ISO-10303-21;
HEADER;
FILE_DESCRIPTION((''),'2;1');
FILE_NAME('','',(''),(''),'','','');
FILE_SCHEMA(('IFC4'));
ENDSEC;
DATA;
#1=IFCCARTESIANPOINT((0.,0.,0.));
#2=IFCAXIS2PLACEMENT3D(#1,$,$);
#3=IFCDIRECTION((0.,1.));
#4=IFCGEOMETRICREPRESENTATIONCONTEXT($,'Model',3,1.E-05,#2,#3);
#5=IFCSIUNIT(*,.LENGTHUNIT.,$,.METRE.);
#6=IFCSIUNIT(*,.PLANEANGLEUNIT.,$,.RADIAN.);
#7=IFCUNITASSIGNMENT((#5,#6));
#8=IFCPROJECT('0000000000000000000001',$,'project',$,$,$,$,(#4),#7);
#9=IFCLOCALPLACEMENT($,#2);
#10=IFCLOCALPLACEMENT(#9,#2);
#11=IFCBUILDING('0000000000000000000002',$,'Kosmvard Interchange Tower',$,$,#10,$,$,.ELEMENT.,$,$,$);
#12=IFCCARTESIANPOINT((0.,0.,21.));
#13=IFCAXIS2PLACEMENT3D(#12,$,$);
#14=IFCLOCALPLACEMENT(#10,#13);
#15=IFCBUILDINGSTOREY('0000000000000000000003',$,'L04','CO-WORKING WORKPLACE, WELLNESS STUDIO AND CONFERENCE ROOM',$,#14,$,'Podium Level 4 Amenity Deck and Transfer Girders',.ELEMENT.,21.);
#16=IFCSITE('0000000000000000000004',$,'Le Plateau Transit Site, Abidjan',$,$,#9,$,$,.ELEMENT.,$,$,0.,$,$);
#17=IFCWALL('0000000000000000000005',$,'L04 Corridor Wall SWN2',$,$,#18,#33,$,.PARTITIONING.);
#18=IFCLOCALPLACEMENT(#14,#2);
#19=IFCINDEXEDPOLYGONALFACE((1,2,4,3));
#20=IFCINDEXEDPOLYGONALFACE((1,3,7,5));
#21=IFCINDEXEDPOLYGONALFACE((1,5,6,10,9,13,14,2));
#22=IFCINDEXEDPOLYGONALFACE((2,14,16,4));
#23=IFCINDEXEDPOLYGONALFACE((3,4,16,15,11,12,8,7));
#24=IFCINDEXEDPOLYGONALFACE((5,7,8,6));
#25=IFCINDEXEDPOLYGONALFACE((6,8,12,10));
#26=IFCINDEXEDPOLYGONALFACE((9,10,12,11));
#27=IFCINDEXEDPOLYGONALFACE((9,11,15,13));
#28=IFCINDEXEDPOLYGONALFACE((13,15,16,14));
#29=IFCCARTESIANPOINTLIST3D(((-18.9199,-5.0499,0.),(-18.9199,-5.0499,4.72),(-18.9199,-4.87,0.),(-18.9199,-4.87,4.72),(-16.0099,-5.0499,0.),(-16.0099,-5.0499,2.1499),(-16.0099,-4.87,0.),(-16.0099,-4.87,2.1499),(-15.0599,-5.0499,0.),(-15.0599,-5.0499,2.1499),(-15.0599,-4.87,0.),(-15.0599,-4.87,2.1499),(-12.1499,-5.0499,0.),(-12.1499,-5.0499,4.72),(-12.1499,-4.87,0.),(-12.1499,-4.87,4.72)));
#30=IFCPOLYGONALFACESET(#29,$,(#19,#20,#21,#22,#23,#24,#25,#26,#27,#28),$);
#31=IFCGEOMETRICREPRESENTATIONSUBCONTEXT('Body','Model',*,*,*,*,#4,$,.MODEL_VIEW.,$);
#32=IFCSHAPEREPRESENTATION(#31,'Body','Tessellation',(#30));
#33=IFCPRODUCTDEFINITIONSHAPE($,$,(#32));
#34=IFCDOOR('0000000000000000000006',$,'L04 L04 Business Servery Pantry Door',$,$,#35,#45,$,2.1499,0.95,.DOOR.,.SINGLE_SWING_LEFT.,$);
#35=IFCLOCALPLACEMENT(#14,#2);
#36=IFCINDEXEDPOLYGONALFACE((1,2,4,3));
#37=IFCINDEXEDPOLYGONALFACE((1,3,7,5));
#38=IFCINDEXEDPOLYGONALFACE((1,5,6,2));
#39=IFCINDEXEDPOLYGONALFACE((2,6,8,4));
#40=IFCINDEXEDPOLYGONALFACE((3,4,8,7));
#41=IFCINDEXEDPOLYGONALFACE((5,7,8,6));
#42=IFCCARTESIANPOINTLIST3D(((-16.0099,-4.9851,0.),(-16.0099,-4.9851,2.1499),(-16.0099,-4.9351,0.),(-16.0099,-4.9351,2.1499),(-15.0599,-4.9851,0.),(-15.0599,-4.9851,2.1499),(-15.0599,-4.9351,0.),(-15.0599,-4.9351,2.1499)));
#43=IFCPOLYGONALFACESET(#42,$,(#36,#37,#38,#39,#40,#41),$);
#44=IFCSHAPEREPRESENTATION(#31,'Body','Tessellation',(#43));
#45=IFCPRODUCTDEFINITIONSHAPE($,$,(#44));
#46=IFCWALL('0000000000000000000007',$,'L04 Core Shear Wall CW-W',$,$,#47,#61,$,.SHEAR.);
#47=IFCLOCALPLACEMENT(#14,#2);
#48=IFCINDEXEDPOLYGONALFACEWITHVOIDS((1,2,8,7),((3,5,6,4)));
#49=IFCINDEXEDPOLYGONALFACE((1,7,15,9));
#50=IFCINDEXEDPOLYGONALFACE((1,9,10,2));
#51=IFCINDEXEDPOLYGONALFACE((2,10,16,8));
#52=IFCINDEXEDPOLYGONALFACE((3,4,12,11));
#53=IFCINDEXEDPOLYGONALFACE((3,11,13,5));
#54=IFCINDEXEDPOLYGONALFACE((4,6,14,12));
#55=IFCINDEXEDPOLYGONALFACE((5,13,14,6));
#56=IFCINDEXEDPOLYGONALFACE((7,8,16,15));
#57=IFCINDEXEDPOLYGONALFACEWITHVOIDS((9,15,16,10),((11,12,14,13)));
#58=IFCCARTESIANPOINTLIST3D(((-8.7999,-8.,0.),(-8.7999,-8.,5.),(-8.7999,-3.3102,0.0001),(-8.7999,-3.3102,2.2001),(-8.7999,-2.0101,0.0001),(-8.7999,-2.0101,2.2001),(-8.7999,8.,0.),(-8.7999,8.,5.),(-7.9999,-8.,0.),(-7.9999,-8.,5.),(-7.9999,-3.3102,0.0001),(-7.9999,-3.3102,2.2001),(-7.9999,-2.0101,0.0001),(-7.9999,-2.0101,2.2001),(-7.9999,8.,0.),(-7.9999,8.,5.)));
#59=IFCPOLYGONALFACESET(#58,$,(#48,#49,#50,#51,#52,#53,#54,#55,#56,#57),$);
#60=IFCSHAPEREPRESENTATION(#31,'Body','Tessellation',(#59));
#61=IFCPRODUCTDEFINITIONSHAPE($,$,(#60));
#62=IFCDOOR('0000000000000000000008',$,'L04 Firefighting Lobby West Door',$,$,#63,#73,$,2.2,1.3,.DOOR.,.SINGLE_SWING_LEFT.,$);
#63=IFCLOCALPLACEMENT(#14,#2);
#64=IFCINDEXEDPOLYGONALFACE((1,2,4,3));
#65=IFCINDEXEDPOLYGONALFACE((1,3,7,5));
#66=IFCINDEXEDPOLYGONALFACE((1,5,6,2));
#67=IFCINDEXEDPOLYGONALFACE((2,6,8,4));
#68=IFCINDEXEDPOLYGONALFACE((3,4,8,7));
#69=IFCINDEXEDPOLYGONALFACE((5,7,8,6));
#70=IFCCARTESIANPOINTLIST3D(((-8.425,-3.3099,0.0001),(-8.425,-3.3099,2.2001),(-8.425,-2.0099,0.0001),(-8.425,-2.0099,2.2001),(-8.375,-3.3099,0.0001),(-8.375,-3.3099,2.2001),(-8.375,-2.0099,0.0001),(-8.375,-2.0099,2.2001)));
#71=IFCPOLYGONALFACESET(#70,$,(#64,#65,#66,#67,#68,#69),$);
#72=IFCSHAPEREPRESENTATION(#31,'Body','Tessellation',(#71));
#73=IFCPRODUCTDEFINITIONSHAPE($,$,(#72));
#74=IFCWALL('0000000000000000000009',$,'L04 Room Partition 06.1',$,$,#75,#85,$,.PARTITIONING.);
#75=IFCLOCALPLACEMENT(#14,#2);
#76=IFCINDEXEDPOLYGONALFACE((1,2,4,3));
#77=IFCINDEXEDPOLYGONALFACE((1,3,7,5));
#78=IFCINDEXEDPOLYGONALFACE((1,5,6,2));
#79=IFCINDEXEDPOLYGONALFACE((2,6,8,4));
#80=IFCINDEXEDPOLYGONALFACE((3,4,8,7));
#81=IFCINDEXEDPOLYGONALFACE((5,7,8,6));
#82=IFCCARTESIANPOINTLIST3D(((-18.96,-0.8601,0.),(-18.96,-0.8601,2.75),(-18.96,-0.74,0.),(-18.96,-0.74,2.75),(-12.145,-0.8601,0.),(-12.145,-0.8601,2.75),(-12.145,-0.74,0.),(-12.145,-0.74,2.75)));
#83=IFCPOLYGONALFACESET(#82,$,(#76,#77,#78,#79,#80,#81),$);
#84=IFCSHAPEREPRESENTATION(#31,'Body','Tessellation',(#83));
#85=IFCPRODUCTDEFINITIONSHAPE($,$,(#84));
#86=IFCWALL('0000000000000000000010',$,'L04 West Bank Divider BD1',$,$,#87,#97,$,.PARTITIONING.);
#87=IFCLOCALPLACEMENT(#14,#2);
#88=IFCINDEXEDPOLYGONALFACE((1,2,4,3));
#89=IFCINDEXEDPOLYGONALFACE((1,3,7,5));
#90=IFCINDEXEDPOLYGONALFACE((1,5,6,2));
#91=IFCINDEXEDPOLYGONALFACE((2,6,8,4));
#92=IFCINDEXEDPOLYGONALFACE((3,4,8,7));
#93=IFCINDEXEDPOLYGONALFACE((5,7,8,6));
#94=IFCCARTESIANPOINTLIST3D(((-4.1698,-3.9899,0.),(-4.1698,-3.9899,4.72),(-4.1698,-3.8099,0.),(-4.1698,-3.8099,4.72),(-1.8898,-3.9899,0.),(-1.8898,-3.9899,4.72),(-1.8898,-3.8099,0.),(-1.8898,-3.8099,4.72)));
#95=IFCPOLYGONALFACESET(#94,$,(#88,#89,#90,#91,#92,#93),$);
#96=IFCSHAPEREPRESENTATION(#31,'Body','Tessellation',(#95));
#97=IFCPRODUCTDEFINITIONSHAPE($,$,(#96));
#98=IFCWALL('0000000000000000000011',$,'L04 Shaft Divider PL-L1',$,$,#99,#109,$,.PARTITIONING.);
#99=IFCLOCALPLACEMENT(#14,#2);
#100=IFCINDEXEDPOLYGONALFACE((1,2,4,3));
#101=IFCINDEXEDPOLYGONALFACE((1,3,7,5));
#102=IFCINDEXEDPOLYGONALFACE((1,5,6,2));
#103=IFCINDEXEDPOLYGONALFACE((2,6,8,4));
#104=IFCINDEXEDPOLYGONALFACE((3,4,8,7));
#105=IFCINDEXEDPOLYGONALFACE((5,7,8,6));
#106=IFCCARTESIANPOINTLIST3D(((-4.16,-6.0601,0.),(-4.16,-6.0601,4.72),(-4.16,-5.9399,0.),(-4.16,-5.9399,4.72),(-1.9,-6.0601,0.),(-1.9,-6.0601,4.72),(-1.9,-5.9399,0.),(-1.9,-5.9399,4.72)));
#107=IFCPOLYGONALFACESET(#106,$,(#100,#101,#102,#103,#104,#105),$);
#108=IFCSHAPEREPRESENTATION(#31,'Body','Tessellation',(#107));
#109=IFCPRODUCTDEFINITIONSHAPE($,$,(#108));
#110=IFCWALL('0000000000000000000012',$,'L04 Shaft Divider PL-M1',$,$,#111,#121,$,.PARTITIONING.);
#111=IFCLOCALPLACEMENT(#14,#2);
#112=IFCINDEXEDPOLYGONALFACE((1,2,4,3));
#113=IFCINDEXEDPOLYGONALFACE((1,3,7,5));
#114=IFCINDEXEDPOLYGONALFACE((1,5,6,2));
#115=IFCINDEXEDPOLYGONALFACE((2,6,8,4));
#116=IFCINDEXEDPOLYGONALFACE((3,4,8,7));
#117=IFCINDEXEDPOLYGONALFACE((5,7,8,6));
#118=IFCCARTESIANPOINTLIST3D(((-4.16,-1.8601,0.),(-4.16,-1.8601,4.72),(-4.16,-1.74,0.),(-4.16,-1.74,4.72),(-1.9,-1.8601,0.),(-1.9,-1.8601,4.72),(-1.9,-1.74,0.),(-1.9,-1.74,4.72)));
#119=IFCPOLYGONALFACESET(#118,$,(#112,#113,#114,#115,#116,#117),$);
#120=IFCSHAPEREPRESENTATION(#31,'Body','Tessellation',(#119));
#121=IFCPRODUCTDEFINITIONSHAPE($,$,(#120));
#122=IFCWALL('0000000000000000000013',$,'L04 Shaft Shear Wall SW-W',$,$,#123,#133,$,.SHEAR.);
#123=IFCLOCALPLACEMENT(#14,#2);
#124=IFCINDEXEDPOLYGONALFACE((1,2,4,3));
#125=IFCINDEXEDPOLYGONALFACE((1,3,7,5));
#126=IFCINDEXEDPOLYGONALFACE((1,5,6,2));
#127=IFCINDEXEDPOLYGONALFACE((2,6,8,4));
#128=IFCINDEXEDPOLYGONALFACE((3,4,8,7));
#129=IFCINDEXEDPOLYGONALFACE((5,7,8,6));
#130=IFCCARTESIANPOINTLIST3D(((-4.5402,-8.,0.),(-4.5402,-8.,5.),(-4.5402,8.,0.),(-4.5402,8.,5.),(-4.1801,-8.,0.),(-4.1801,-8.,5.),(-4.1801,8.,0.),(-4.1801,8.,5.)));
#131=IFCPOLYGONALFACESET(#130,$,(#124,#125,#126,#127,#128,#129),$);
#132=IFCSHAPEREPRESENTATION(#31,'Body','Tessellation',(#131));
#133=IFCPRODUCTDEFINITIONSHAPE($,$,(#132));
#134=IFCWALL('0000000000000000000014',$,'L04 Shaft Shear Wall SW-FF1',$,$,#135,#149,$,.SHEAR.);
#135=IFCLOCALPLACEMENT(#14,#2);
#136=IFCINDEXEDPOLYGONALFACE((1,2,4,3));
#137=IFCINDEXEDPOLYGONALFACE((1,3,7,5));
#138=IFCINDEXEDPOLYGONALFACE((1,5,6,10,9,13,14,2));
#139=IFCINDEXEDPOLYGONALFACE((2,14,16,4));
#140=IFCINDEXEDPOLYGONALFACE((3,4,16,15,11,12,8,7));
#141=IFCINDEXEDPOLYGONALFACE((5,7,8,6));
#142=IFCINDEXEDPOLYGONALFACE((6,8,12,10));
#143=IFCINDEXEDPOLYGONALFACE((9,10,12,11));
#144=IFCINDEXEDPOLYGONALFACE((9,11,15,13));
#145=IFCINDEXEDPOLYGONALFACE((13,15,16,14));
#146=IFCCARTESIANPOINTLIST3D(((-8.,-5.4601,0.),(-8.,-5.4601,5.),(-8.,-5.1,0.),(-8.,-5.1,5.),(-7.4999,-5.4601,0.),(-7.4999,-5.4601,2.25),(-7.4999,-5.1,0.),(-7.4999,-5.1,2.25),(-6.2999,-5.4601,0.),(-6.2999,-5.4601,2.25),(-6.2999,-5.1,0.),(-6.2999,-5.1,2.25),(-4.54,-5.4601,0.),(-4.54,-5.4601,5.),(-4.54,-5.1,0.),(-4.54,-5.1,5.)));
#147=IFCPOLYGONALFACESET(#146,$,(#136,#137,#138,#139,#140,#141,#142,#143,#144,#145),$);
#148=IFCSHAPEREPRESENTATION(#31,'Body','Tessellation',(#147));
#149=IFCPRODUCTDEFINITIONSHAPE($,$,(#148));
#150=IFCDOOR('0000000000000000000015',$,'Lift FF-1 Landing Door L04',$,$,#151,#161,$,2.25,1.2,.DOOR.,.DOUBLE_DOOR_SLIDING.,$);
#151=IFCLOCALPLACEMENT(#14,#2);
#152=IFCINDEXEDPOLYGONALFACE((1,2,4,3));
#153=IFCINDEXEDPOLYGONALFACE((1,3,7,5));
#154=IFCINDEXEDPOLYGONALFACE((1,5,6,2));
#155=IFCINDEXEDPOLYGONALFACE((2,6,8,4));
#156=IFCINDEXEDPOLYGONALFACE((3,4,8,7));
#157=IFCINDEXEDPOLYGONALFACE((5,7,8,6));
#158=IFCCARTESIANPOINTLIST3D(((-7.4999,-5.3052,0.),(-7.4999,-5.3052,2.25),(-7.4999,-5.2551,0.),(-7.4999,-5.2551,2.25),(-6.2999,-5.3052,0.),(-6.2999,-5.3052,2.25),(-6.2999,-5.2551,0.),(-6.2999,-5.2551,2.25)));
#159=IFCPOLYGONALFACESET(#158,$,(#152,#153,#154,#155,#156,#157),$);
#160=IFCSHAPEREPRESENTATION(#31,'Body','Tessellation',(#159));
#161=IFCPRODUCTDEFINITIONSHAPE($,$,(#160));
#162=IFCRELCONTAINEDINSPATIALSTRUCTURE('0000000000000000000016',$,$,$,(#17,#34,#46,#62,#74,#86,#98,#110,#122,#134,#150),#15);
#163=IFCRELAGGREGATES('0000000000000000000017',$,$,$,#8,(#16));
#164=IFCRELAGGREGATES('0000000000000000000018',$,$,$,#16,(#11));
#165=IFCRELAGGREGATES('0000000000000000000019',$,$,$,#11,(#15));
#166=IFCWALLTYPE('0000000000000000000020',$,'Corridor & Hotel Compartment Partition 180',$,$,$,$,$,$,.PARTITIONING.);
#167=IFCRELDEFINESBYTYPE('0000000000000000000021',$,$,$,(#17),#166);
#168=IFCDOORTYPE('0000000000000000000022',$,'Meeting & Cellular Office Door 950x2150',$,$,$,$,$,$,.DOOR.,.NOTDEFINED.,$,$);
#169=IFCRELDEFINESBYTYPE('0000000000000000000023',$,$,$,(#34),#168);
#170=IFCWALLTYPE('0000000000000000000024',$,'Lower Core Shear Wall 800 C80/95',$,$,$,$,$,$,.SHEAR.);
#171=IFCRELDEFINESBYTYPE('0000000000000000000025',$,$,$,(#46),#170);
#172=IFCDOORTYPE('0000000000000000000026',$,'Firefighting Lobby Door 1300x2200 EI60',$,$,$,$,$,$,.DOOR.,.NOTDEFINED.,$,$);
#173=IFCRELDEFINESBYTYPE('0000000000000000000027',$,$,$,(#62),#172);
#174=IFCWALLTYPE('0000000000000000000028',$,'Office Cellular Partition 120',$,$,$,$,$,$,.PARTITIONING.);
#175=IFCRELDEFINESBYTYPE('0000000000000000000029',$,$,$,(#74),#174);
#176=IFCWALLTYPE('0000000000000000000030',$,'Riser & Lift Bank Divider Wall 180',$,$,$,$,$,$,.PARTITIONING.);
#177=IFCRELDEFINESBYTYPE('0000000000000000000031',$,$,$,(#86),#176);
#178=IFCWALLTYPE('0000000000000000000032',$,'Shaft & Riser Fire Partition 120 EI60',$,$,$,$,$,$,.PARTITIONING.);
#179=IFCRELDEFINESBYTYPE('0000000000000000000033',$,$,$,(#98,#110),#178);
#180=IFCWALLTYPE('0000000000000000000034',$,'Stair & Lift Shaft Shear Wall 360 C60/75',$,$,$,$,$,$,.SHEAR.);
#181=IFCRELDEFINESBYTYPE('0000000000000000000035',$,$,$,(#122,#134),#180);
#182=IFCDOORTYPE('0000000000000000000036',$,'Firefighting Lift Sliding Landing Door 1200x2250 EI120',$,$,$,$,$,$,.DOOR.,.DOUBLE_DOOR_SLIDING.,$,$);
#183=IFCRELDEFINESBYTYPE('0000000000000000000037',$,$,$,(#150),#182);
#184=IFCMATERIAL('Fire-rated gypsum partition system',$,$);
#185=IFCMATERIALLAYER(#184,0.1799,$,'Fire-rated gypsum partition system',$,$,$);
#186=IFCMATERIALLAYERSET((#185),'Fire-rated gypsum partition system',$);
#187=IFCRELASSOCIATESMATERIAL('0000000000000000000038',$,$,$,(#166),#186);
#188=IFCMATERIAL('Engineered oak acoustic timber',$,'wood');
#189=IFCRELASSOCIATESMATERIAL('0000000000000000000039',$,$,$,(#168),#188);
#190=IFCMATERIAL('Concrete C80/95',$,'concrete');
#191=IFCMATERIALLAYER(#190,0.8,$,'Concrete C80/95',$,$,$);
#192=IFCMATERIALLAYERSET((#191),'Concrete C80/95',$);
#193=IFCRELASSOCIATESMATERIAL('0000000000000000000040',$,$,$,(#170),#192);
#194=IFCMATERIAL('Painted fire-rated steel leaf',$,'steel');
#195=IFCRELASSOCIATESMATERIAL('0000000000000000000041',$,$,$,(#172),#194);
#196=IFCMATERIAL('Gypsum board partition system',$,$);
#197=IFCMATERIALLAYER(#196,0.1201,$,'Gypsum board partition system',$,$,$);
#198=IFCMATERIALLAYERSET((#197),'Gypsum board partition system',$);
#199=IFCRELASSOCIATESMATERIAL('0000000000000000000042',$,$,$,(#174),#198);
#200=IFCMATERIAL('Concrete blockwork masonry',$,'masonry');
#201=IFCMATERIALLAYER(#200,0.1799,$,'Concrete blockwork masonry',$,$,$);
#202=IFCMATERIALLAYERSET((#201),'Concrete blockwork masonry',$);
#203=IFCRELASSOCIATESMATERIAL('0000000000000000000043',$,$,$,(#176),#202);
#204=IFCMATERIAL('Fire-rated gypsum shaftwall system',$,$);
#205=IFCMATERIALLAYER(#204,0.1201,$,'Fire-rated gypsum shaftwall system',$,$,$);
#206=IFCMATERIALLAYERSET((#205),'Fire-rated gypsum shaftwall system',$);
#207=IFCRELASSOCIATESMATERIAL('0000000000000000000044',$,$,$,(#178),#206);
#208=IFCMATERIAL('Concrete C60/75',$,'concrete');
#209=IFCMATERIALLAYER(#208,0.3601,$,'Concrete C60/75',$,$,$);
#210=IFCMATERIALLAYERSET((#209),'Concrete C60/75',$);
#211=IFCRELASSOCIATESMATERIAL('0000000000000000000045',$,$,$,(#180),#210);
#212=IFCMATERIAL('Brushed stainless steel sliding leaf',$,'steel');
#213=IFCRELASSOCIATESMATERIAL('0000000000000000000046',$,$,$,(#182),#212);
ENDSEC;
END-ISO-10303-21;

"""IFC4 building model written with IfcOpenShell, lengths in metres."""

from ifc_helpers import new_model, si_unit, direction, frame, frame_2d, origin, place, context, subcontext, project, spatial, rectangle, extrude, source, transform, mapped, material, layer, layer_set, type_object, element, fill, save


model = new_model("IFC4")

# Units and contexts
model_context = context("Model", 3, precision=1e-05, world=origin(), true_north=direction((0.0, 1.0)))
body_context = subcontext(model_context, "Body", "Model", "MODEL_VIEW")
ifc_project = project(units=[si_unit("LENGTHUNIT", "METRE"), si_unit("PLANEANGLEUNIT", "RADIAN")], contexts=[model_context])

# Site, building, storey
site_placement = place(None, origin())
site = spatial("IfcSite", under=ifc_project, at=site_placement, Name="Le Plateau Transit Site, Abidjan", CompositionType="ELEMENT", RefElevation=0.0)
building_placement = place(site_placement, origin())
building = spatial("IfcBuilding", under=site, at=building_placement, Name="Kosmvard Interchange Tower", CompositionType="ELEMENT")
storey_placement = place(building_placement, frame((0.0, 0.0, 21.0)))
storey = spatial("IfcBuildingStorey", under=building, at=storey_placement, Name="L04", Description="CO-WORKING WORKPLACE, WELLNESS STUDIO AND CONFERENCE ROOM", LongName="Podium Level 4 Amenity Deck and Transfer Girders", CompositionType="ELEMENT", Elevation=21.0)

# Shared definitions
ifc_material_1 = material(Name="Concrete C80/95", Category="concrete")

# Shared definitions
ifc_material_2 = material(Name="Fire-rated gypsum partition system")
ifc_layer_1 = layer(ifc_material_2, 0.1799, Name="Fire-rated gypsum partition system")
ifc_layer_set_1 = layer_set([ifc_layer_1], Name="Fire-rated gypsum partition system")
wall_type_1 = type_object("IfcWallType", Name="Corridor & Hotel Compartment Partition 180", PredefinedType="PARTITIONING", material=ifc_layer_set_1)
ifc_material_3 = material(Name="Brushed stainless steel sliding leaf", Category="steel")

# Walls, openings, doors
ifc_material_4 = material(Name="Engineered oak acoustic timber", Category="wood")
door_type_1 = type_object("IfcDoorType", Name="Meeting & Cellular Office Door 950x2150", OperationType="NOTDEFINED", PredefinedType="DOOR", material=ifc_material_4)
shared_shape_1 = source(origin(), body_context, "Body", "SweptSolid", [
    extrude(rectangle(XDim=0.95, YDim=2.1499, at=frame_2d((0.4751, 1.075))), frame((0.0, 0.0249, 0.0), z_axis=(0.0, -1.0, 0.0), x_axis=(1.0, 0.0, 0.0)), (0.0, 0.0, 1.0), 0.05),
])
wall_1_placement = place(storey_placement, frame((-18.9199, -4.96, 0.0), z_axis=(0.0, 0.0, 1.0), x_axis=(1.0, 0.0, 0.0)))
wall_1 = element("IfcWall", 1, at=wall_1_placement, inside=storey, type_object=wall_type_1, Name="L04 Corridor Wall SWN2", PredefinedType="PARTITIONING", context=body_context, shape_type="SweptSolid", body=[
    extrude(rectangle(XDim=6.77, YDim=0.1799, at=frame_2d((3.385, 0.0))), origin(), (0.0, 0.0, 1.0), 4.72),
])
opening_1_placement = place(wall_1_placement, frame((2.9099, 0.0, 0.0)))
opening_1 = element("IfcOpeningElement", 2, at=opening_1_placement, cuts=wall_1, PredefinedType="OPENING", context=body_context, shape_type="SweptSolid", body=[
    extrude(rectangle(XDim=0.95, YDim=2.1499, at=frame_2d((0.4751, 1.075))), frame((0.0, 0.1001, 0.0), z_axis=(0.0, -1.0, 0.0), x_axis=(1.0, 0.0, 0.0)), (0.0, 0.0, 1.0), 0.2),
])
door_1_placement = place(opening_1_placement, origin())
door_1 = element("IfcDoor", 3, at=door_1_placement, inside=storey, type_object=door_type_1, Name="L04 L04 Business Servery Pantry Door", OperationType="SINGLE_SWING_LEFT", OverallHeight=2.1499, OverallWidth=0.95, PredefinedType="DOOR", context=body_context, shape_type="MappedRepresentation", body=[
    mapped(shared_shape_1, transform((0.0, 0.0, 0.0), scale=1.0)),
])
fill(opening_1, door_1)
ifc_layer_2 = layer(ifc_material_1, 0.8, Name="Concrete C80/95")
ifc_layer_set_2 = layer_set([ifc_layer_2], Name="Concrete C80/95")
wall_type_2 = type_object("IfcWallType", Name="Lower Core Shear Wall 800 C80/95", PredefinedType="SHEAR", material=ifc_layer_set_2)
wall_2_placement = place(storey_placement, frame((-8.3999, -8.0, 0.0), z_axis=(0.0, 0.0, 1.0), x_axis=(0.0, 1.0, 0.0)))
wall_2 = element("IfcWall", 4, at=wall_2_placement, inside=storey, type_object=wall_type_2, Name="L04 Core Shear Wall CW-W", PredefinedType="SHEAR", context=body_context, shape_type="SweptSolid", body=[
    extrude(rectangle(XDim=16.0, YDim=0.8, at=frame_2d((8.0, 0.0))), origin(), (0.0, 0.0, 1.0), 5.0),
])
opening_2_placement = place(wall_2_placement, frame((4.6899, 0.0, 0.0)))
opening_2 = element("IfcOpeningElement", 5, at=opening_2_placement, cuts=wall_2, PredefinedType="OPENING", context=body_context, shape_type="SweptSolid", body=[
    extrude(rectangle(XDim=1.3, YDim=2.2, at=frame_2d((0.6499, 1.1001))), frame((0.0, 0.4102, 0.0), z_axis=(0.0, -1.0, 0.0), x_axis=(1.0, 0.0, 0.0)), (0.0, 0.0, 1.0), 0.8201),
])
ifc_material_5 = material(Name="Painted fire-rated steel leaf", Category="steel")
door_type_2 = type_object("IfcDoorType", Name="Firefighting Lobby Door 1300x2200 EI60", OperationType="NOTDEFINED", PredefinedType="DOOR", material=ifc_material_5)
shared_shape_2 = source(origin(), body_context, "Body", "SweptSolid", [
    extrude(rectangle(XDim=1.3, YDim=2.2, at=frame_2d((0.6499, 1.1001))), frame((0.0, 0.0249, 0.0), z_axis=(0.0, -1.0, 0.0), x_axis=(1.0, 0.0, 0.0)), (0.0, 0.0, 1.0), 0.05),
])
door_2_placement = place(opening_2_placement, frame((1.3, 0.0, 0.0), z_axis=(0.0, 0.0, 1.0), x_axis=(-1.0, 0.0, 0.0)))
door_2 = element("IfcDoor", 6, at=door_2_placement, inside=storey, type_object=door_type_2, Name="L04 Firefighting Lobby West Door", OperationType="SINGLE_SWING_LEFT", OverallHeight=2.2, OverallWidth=1.3, PredefinedType="DOOR", context=body_context, shape_type="MappedRepresentation", body=[
    mapped(shared_shape_2, transform((0.0, 0.0, 0.0), scale=1.0)),
])
fill(opening_2, door_2)

# Walls
ifc_material_6 = material(Name="Gypsum board partition system")
ifc_layer_3 = layer(ifc_material_6, 0.1201, Name="Gypsum board partition system")
ifc_layer_set_3 = layer_set([ifc_layer_3], Name="Gypsum board partition system")
wall_type_3 = type_object("IfcWallType", Name="Office Cellular Partition 120", PredefinedType="PARTITIONING", material=ifc_layer_set_3)
wall_3_placement = place(storey_placement, frame((-18.96, -0.8, 0.0), z_axis=(0.0, 0.0, 1.0), x_axis=(1.0, 0.0, 0.0)))
element("IfcWall", 7, at=wall_3_placement, inside=storey, type_object=wall_type_3, Name="L04 Room Partition 06.1", PredefinedType="PARTITIONING", context=body_context, shape_type="SweptSolid", body=[
    extrude(rectangle(XDim=6.8149, YDim=0.1201, at=frame_2d((3.4075, 0.0))), origin(), (0.0, 0.0, 1.0), 2.75),
])
ifc_material_7 = material(Name="Concrete blockwork masonry", Category="masonry")
ifc_layer_4 = layer(ifc_material_7, 0.1799, Name="Concrete blockwork masonry")
ifc_layer_set_4 = layer_set([ifc_layer_4], Name="Concrete blockwork masonry")
wall_type_4 = type_object("IfcWallType", Name="Riser & Lift Bank Divider Wall 180", PredefinedType="PARTITIONING", material=ifc_layer_set_4)
wall_4_placement = place(storey_placement, frame((-4.1699, -3.8999, 0.0), z_axis=(0.0, 0.0, 1.0), x_axis=(1.0, 0.0, 0.0)))
element("IfcWall", 8, at=wall_4_placement, inside=storey, type_object=wall_type_4, Name="L04 West Bank Divider BD1", PredefinedType="PARTITIONING", context=body_context, shape_type="SweptSolid", body=[
    extrude(rectangle(XDim=2.28, YDim=0.1799, at=frame_2d((1.1401, 0.0))), origin(), (0.0, 0.0, 1.0), 4.72),
])
ifc_material_8 = material(Name="Fire-rated gypsum shaftwall system")
ifc_layer_5 = layer(ifc_material_8, 0.1201, Name="Fire-rated gypsum shaftwall system")
ifc_layer_set_5 = layer_set([ifc_layer_5], Name="Fire-rated gypsum shaftwall system")
wall_type_5 = type_object("IfcWallType", Name="Shaft & Riser Fire Partition 120 EI60", PredefinedType="PARTITIONING", material=ifc_layer_set_5)
for number, where, z_axis, x_axis, name in (
    (9, (-4.1599, -6.0, 0.0), (0.0, 0.0, 1.0), (1.0, 0.0, 0.0), "L04 Shaft Divider PL-L1"),
    (10, (-4.1599, -1.8, 0.0), (0.0, 0.0, 1.0), (1.0, 0.0, 0.0), "L04 Shaft Divider PL-M1"),
):
    element("IfcWall", number, at=place(storey_placement, frame(where, z_axis=z_axis, x_axis=x_axis)), inside=storey, type_object=wall_type_5, Name=name, PredefinedType="PARTITIONING", context=body_context, shape_type="SweptSolid", body=[
        extrude(rectangle(XDim=2.26, YDim=0.1201, at=frame_2d((1.1299, 0.0))), origin(), (0.0, 0.0, 1.0), 4.72),
    ])
ifc_material_9 = material(Name="Concrete C60/75", Category="concrete")
ifc_layer_6 = layer(ifc_material_9, 0.3601, Name="Concrete C60/75")
ifc_layer_set_6 = layer_set([ifc_layer_6], Name="Concrete C60/75")
wall_type_6 = type_object("IfcWallType", Name="Stair & Lift Shaft Shear Wall 360 C60/75", PredefinedType="SHEAR", material=ifc_layer_set_6)
wall_5_placement = place(storey_placement, frame((-4.3601, -8.0, 0.0), z_axis=(0.0, 0.0, 1.0), x_axis=(0.0, 1.0, 0.0)))
element("IfcWall", 11, at=wall_5_placement, inside=storey, type_object=wall_type_6, Name="L04 Shaft Shear Wall SW-W", PredefinedType="SHEAR", context=body_context, shape_type="SweptSolid", body=[
    extrude(rectangle(XDim=16.0, YDim=0.3601, at=frame_2d((8.0, 0.0))), origin(), (0.0, 0.0, 1.0), 5.0),
])

# Wall, opening, door
wall_6_placement = place(storey_placement, frame((-8.0, -5.28, 0.0), z_axis=(0.0, 0.0, 1.0), x_axis=(1.0, 0.0, 0.0)))
wall_6 = element("IfcWall", 12, at=wall_6_placement, inside=storey, type_object=wall_type_6, Name="L04 Shaft Shear Wall SW-FF1", PredefinedType="SHEAR", context=body_context, shape_type="SweptSolid", body=[
    extrude(rectangle(XDim=3.46, YDim=0.3601, at=frame_2d((1.73, 0.0))), origin(), (0.0, 0.0, 1.0), 5.0),
])
opening_3_placement = place(wall_6_placement, frame((0.5, 0.0, 0.0)))
opening_3 = element("IfcOpeningElement", 13, at=opening_3_placement, cuts=wall_6, PredefinedType="OPENING", context=body_context, shape_type="SweptSolid", body=[
    extrude(rectangle(XDim=1.2, YDim=2.25, at=frame_2d((0.6001, 1.125))), frame((0.0, 0.1899, 0.0), z_axis=(0.0, -1.0, 0.0), x_axis=(1.0, 0.0, 0.0)), (0.0, 0.0, 1.0), 0.3801),
])
door_type_3 = type_object("IfcDoorType", Name="Firefighting Lift Sliding Landing Door 1200x2250 EI120", OperationType="DOUBLE_DOOR_SLIDING", PredefinedType="DOOR", material=ifc_material_3)
shared_shape_3 = source(origin(), body_context, "Body", "SweptSolid", [
    extrude(rectangle(XDim=1.2, YDim=2.25, at=frame_2d((0.6001, 1.125))), frame((0.0, 0.0249, 0.0), z_axis=(0.0, -1.0, 0.0), x_axis=(1.0, 0.0, 0.0)), (0.0, 0.0, 1.0), 0.05),
])
door_3_placement = place(opening_3_placement, origin())
door_3 = element("IfcDoor", 14, at=door_3_placement, inside=storey, type_object=door_type_3, Name="Lift FF-1 Landing Door L04", OperationType="DOUBLE_DOOR_SLIDING", OverallHeight=2.25, OverallWidth=1.2, PredefinedType="DOOR", context=body_context, shape_type="MappedRepresentation", body=[
    mapped(shared_shape_3, transform((0.0, 0.0, 0.0), scale=1.0)),
])
fill(opening_3, door_3)

save(model, "model.ifc")
